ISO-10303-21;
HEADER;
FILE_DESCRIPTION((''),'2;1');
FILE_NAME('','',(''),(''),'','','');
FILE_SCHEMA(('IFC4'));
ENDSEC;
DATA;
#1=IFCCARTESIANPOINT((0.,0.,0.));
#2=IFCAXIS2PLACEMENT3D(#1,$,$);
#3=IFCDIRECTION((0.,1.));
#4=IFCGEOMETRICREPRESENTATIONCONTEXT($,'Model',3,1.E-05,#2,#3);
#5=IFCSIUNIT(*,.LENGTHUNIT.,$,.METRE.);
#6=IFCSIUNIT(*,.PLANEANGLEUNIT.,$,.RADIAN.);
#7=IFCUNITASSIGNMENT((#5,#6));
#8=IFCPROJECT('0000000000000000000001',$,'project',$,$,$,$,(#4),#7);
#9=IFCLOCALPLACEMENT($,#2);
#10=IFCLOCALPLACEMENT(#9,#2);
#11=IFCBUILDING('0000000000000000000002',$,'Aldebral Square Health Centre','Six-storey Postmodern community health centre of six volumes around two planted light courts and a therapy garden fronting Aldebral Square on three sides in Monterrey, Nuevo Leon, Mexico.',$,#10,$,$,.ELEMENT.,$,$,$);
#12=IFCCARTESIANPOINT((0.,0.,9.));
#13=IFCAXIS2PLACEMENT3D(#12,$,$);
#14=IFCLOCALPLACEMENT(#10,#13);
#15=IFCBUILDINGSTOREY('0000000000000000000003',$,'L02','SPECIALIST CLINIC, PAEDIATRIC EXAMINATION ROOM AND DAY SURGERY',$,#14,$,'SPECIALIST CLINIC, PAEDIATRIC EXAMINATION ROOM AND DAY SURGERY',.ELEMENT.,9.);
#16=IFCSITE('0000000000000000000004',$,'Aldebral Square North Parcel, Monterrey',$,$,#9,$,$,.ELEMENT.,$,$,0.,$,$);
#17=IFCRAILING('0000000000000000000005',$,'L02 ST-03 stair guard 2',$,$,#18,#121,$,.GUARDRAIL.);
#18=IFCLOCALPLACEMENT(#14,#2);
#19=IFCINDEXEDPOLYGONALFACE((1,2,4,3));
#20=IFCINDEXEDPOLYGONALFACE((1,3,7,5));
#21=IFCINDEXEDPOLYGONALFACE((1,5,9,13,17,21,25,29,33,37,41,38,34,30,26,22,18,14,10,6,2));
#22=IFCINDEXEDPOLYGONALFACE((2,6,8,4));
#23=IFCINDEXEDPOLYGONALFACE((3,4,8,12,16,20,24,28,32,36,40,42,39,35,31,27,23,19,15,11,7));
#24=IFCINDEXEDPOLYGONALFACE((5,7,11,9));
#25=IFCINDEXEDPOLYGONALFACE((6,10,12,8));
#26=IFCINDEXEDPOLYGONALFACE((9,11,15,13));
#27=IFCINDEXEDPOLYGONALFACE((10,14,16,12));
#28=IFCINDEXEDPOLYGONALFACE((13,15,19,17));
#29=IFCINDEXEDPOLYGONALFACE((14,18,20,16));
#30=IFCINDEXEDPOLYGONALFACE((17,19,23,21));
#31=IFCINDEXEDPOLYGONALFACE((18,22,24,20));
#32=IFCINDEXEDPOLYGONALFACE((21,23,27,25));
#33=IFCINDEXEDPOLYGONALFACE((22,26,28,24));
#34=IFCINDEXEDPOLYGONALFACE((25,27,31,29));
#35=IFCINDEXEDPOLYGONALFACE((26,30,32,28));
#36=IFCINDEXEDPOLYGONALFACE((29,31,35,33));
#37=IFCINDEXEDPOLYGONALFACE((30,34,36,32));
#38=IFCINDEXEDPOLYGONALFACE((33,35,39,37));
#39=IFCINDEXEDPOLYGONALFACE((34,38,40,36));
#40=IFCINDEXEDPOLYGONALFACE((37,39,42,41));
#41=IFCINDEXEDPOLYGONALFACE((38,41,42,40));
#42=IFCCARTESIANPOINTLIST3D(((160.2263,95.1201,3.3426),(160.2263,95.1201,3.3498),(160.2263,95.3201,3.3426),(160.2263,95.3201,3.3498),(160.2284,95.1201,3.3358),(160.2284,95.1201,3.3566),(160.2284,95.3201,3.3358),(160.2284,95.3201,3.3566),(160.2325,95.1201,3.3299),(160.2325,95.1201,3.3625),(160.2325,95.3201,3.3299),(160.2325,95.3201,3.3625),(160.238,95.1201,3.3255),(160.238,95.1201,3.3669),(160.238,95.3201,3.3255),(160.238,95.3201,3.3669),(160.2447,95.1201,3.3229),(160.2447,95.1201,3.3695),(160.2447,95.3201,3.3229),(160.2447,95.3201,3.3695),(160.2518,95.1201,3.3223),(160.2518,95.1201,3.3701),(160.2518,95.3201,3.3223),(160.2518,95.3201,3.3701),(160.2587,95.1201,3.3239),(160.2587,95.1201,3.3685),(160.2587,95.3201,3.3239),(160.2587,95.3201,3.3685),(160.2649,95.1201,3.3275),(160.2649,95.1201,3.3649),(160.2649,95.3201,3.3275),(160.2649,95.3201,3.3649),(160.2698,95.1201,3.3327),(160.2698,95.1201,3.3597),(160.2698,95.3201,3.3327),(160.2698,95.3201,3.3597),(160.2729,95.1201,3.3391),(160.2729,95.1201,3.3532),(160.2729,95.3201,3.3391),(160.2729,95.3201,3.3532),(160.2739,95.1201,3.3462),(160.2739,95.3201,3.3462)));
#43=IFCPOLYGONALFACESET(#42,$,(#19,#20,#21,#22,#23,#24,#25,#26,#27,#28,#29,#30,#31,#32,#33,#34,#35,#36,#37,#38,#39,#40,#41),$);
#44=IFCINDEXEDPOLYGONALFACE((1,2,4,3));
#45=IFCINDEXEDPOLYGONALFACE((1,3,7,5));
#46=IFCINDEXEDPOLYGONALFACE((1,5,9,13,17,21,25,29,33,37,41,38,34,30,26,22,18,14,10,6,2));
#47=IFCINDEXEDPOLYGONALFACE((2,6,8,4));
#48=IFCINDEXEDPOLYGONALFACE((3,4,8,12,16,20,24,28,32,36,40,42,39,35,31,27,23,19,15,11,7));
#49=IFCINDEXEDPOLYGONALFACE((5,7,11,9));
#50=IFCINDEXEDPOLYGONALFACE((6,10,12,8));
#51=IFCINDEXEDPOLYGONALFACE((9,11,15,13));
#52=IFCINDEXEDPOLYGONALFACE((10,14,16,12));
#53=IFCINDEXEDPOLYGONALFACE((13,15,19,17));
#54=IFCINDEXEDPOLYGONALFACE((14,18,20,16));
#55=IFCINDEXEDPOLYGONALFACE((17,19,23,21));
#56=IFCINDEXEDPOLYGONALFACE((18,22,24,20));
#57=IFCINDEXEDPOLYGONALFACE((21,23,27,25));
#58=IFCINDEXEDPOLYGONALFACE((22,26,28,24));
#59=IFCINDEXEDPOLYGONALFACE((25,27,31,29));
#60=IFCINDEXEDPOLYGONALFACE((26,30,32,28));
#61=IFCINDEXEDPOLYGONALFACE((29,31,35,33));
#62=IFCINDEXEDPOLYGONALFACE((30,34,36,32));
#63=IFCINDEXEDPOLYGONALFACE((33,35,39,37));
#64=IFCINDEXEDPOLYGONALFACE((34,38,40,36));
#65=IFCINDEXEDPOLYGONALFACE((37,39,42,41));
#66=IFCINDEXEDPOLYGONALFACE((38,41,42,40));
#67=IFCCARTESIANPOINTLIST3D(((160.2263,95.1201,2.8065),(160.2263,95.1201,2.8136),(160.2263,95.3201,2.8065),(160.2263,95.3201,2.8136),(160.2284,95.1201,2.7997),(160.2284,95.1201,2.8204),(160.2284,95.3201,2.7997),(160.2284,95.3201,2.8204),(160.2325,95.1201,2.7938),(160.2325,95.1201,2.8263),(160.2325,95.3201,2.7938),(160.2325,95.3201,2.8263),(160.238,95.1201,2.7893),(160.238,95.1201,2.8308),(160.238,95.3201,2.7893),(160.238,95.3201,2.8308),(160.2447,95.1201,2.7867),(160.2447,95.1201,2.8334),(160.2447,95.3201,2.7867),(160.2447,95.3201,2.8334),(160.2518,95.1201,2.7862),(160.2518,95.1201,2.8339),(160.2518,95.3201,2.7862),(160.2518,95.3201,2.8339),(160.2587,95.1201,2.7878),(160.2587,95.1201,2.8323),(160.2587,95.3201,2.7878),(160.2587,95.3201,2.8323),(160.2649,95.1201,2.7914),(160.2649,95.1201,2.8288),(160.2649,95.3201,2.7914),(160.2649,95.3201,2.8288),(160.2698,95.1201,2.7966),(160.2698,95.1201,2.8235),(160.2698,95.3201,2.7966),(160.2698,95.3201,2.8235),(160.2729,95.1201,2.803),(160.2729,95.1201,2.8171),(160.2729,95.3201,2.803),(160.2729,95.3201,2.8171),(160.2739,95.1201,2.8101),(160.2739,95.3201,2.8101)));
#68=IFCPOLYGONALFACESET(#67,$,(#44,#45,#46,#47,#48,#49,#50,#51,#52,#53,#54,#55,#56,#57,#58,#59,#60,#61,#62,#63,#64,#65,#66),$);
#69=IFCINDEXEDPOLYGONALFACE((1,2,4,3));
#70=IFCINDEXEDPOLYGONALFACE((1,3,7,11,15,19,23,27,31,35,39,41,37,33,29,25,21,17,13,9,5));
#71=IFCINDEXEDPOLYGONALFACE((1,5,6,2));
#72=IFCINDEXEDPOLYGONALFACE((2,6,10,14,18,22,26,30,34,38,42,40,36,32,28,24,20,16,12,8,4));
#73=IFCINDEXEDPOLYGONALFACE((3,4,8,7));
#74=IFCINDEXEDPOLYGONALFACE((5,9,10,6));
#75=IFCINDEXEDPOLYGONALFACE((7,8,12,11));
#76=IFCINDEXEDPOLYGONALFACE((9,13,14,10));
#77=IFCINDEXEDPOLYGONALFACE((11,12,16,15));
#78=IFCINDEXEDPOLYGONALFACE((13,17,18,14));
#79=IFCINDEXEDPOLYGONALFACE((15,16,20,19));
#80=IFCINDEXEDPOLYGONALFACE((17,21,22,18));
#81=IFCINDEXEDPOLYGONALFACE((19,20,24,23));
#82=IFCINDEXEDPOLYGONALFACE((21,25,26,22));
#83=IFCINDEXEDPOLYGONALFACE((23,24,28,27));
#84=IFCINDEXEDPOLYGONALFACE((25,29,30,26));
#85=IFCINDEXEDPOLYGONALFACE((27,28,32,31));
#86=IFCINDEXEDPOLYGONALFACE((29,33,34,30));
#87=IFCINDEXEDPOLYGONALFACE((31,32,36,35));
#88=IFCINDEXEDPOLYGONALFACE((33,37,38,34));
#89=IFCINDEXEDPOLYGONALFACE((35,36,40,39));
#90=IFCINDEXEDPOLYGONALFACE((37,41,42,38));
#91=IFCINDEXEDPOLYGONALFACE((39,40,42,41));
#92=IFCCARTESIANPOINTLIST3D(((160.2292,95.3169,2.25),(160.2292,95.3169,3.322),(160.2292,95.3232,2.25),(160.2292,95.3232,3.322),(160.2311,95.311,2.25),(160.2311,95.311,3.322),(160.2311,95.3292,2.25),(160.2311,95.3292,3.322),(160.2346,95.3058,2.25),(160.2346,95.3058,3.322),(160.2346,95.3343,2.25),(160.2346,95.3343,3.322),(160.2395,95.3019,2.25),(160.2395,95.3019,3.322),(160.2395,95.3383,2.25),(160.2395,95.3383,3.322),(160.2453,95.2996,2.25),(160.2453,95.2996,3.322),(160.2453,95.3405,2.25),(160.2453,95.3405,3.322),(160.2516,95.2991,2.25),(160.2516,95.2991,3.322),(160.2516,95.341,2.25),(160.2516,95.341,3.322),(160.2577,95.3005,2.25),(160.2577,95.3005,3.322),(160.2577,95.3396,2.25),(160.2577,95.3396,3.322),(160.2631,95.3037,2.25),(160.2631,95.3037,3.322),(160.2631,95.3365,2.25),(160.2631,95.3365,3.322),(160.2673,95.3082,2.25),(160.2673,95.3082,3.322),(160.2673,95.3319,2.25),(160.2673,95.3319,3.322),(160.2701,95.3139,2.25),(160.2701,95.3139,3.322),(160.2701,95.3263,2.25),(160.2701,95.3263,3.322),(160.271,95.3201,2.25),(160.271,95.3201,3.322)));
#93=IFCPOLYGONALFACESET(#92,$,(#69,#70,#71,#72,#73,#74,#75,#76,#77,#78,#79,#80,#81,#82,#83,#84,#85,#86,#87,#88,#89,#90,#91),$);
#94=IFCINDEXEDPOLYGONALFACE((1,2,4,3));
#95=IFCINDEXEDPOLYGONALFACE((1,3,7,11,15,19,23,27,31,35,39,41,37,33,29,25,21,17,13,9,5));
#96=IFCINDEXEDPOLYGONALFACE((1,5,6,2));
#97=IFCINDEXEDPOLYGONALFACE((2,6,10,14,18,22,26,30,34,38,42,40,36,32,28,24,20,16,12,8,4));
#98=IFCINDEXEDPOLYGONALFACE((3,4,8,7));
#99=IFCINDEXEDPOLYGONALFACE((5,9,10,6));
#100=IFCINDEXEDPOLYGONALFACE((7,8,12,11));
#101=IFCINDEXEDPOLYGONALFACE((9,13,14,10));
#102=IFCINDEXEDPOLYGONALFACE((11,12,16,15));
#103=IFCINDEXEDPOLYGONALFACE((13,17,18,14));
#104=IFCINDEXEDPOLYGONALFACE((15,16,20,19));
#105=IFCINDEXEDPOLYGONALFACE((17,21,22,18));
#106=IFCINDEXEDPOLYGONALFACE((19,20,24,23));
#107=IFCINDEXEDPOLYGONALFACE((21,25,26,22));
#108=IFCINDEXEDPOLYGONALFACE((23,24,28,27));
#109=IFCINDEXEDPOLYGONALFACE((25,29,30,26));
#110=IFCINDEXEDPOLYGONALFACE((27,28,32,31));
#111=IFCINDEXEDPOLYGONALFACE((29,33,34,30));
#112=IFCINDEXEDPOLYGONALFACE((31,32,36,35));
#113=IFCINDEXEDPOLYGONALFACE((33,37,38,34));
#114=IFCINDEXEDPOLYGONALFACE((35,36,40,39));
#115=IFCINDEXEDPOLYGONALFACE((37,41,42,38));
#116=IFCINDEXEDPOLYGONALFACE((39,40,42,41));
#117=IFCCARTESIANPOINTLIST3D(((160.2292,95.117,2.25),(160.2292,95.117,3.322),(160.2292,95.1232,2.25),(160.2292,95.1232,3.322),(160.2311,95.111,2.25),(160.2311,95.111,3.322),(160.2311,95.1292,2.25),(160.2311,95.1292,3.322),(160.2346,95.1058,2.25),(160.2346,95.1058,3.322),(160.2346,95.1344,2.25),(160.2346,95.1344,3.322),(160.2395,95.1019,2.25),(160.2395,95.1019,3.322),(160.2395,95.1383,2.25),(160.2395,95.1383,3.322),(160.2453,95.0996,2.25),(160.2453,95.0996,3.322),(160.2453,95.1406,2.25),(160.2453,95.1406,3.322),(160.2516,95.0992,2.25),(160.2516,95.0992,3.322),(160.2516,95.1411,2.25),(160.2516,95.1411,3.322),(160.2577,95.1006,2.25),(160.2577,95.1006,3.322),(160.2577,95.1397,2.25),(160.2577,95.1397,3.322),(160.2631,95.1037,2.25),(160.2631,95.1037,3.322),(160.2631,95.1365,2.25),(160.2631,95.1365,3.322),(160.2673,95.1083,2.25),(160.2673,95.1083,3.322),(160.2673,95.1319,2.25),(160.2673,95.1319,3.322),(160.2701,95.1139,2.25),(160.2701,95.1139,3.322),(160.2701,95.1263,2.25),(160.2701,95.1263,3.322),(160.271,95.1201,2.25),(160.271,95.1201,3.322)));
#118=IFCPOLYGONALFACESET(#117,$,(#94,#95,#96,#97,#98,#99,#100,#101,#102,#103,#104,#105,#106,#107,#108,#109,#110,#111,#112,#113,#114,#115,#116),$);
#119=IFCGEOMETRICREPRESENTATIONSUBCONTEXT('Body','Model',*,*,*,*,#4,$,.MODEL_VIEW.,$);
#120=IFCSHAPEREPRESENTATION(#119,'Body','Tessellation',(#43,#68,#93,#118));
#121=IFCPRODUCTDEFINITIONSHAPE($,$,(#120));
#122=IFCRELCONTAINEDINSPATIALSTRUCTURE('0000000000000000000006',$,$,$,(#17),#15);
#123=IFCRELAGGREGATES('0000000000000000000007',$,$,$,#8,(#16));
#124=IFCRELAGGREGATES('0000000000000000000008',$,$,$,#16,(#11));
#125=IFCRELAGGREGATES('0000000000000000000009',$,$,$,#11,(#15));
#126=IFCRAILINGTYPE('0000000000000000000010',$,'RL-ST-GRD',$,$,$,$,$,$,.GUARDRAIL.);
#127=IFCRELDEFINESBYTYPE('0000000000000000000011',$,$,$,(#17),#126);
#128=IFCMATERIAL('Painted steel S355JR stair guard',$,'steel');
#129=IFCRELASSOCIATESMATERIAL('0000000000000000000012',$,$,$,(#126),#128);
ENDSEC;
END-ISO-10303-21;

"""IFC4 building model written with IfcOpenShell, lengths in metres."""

from ifc_helpers import new_model, si_unit, direction, frame, origin, origin_2d, place, context, subcontext, project, spatial, circle, extrude, material, type_object, element, save


model = new_model("IFC4")

# Units and contexts
model_context = context("Model", 3, precision=1e-05, world=origin(), true_north=direction((0.0, 1.0)))
body_context = subcontext(model_context, "Body", "Model", "MODEL_VIEW")
ifc_project = project(units=[si_unit("LENGTHUNIT", "METRE"), si_unit("PLANEANGLEUNIT", "RADIAN")], contexts=[model_context])

# Site, building, storey
site_placement = place(None, origin())
site = spatial("IfcSite", under=ifc_project, at=site_placement, Name="Aldebral Square North Parcel, Monterrey", CompositionType="ELEMENT", RefElevation=0.0)
building_placement = place(site_placement, origin())
building = spatial("IfcBuilding", under=site, at=building_placement, Name="Aldebral Square Health Centre", Description="Six-storey Postmodern community health centre of six volumes around two planted light courts and a therapy garden fronting Aldebral Square on three sides in Monterrey, Nuevo Leon, Mexico.", CompositionType="ELEMENT")
storey_placement = place(building_placement, frame((0.0, 0.0, 9.0)))
storey = spatial("IfcBuildingStorey", under=building, at=storey_placement, Name="L02", Description="SPECIALIST CLINIC, PAEDIATRIC EXAMINATION ROOM AND DAY SURGERY", LongName="SPECIALIST CLINIC, PAEDIATRIC EXAMINATION ROOM AND DAY SURGERY", CompositionType="ELEMENT", Elevation=9.0)

# Railing
ifc_material_1 = material(Name="Painted steel S355JR stair guard", Category="steel")
railing_type_1 = type_object("IfcRailingType", Name="RL-ST-GRD", PredefinedType="GUARDRAIL", material=ifc_material_1)
railing_1_placement = place(storey_placement, frame((160.25, 95.3201, 2.25)))
element("IfcRailing", 1, at=railing_1_placement, inside=storey, type_object=railing_type_1, Name="L02 ST-03 stair guard 2", PredefinedType="GUARDRAIL", context=body_context, shape_type="SweptSolid", body=[
    extrude(circle(Radius=0.0239, at=origin_2d()), frame((0.0, 0.0, 1.0962), z_axis=(0.0, -1.0, 0.0), x_axis=(1.0, 0.0, 0.0)), (0.0, 0.0, 1.0), 0.2),
    extrude(circle(Radius=0.0239, at=origin_2d()), frame((0.0, 0.0, 0.5601), z_axis=(0.0, -1.0, 0.0), x_axis=(1.0, 0.0, 0.0)), (0.0, 0.0, 1.0), 0.2),
    extrude(circle(Radius=0.021, at=origin_2d()), origin(), (0.0, 0.0, 1.0), 1.072),
    extrude(circle(Radius=0.021, at=origin_2d()), frame((0.0, -0.2, 0.0)), (0.0, 0.0, 1.0), 1.072),
])

save(model, "model.ifc")
